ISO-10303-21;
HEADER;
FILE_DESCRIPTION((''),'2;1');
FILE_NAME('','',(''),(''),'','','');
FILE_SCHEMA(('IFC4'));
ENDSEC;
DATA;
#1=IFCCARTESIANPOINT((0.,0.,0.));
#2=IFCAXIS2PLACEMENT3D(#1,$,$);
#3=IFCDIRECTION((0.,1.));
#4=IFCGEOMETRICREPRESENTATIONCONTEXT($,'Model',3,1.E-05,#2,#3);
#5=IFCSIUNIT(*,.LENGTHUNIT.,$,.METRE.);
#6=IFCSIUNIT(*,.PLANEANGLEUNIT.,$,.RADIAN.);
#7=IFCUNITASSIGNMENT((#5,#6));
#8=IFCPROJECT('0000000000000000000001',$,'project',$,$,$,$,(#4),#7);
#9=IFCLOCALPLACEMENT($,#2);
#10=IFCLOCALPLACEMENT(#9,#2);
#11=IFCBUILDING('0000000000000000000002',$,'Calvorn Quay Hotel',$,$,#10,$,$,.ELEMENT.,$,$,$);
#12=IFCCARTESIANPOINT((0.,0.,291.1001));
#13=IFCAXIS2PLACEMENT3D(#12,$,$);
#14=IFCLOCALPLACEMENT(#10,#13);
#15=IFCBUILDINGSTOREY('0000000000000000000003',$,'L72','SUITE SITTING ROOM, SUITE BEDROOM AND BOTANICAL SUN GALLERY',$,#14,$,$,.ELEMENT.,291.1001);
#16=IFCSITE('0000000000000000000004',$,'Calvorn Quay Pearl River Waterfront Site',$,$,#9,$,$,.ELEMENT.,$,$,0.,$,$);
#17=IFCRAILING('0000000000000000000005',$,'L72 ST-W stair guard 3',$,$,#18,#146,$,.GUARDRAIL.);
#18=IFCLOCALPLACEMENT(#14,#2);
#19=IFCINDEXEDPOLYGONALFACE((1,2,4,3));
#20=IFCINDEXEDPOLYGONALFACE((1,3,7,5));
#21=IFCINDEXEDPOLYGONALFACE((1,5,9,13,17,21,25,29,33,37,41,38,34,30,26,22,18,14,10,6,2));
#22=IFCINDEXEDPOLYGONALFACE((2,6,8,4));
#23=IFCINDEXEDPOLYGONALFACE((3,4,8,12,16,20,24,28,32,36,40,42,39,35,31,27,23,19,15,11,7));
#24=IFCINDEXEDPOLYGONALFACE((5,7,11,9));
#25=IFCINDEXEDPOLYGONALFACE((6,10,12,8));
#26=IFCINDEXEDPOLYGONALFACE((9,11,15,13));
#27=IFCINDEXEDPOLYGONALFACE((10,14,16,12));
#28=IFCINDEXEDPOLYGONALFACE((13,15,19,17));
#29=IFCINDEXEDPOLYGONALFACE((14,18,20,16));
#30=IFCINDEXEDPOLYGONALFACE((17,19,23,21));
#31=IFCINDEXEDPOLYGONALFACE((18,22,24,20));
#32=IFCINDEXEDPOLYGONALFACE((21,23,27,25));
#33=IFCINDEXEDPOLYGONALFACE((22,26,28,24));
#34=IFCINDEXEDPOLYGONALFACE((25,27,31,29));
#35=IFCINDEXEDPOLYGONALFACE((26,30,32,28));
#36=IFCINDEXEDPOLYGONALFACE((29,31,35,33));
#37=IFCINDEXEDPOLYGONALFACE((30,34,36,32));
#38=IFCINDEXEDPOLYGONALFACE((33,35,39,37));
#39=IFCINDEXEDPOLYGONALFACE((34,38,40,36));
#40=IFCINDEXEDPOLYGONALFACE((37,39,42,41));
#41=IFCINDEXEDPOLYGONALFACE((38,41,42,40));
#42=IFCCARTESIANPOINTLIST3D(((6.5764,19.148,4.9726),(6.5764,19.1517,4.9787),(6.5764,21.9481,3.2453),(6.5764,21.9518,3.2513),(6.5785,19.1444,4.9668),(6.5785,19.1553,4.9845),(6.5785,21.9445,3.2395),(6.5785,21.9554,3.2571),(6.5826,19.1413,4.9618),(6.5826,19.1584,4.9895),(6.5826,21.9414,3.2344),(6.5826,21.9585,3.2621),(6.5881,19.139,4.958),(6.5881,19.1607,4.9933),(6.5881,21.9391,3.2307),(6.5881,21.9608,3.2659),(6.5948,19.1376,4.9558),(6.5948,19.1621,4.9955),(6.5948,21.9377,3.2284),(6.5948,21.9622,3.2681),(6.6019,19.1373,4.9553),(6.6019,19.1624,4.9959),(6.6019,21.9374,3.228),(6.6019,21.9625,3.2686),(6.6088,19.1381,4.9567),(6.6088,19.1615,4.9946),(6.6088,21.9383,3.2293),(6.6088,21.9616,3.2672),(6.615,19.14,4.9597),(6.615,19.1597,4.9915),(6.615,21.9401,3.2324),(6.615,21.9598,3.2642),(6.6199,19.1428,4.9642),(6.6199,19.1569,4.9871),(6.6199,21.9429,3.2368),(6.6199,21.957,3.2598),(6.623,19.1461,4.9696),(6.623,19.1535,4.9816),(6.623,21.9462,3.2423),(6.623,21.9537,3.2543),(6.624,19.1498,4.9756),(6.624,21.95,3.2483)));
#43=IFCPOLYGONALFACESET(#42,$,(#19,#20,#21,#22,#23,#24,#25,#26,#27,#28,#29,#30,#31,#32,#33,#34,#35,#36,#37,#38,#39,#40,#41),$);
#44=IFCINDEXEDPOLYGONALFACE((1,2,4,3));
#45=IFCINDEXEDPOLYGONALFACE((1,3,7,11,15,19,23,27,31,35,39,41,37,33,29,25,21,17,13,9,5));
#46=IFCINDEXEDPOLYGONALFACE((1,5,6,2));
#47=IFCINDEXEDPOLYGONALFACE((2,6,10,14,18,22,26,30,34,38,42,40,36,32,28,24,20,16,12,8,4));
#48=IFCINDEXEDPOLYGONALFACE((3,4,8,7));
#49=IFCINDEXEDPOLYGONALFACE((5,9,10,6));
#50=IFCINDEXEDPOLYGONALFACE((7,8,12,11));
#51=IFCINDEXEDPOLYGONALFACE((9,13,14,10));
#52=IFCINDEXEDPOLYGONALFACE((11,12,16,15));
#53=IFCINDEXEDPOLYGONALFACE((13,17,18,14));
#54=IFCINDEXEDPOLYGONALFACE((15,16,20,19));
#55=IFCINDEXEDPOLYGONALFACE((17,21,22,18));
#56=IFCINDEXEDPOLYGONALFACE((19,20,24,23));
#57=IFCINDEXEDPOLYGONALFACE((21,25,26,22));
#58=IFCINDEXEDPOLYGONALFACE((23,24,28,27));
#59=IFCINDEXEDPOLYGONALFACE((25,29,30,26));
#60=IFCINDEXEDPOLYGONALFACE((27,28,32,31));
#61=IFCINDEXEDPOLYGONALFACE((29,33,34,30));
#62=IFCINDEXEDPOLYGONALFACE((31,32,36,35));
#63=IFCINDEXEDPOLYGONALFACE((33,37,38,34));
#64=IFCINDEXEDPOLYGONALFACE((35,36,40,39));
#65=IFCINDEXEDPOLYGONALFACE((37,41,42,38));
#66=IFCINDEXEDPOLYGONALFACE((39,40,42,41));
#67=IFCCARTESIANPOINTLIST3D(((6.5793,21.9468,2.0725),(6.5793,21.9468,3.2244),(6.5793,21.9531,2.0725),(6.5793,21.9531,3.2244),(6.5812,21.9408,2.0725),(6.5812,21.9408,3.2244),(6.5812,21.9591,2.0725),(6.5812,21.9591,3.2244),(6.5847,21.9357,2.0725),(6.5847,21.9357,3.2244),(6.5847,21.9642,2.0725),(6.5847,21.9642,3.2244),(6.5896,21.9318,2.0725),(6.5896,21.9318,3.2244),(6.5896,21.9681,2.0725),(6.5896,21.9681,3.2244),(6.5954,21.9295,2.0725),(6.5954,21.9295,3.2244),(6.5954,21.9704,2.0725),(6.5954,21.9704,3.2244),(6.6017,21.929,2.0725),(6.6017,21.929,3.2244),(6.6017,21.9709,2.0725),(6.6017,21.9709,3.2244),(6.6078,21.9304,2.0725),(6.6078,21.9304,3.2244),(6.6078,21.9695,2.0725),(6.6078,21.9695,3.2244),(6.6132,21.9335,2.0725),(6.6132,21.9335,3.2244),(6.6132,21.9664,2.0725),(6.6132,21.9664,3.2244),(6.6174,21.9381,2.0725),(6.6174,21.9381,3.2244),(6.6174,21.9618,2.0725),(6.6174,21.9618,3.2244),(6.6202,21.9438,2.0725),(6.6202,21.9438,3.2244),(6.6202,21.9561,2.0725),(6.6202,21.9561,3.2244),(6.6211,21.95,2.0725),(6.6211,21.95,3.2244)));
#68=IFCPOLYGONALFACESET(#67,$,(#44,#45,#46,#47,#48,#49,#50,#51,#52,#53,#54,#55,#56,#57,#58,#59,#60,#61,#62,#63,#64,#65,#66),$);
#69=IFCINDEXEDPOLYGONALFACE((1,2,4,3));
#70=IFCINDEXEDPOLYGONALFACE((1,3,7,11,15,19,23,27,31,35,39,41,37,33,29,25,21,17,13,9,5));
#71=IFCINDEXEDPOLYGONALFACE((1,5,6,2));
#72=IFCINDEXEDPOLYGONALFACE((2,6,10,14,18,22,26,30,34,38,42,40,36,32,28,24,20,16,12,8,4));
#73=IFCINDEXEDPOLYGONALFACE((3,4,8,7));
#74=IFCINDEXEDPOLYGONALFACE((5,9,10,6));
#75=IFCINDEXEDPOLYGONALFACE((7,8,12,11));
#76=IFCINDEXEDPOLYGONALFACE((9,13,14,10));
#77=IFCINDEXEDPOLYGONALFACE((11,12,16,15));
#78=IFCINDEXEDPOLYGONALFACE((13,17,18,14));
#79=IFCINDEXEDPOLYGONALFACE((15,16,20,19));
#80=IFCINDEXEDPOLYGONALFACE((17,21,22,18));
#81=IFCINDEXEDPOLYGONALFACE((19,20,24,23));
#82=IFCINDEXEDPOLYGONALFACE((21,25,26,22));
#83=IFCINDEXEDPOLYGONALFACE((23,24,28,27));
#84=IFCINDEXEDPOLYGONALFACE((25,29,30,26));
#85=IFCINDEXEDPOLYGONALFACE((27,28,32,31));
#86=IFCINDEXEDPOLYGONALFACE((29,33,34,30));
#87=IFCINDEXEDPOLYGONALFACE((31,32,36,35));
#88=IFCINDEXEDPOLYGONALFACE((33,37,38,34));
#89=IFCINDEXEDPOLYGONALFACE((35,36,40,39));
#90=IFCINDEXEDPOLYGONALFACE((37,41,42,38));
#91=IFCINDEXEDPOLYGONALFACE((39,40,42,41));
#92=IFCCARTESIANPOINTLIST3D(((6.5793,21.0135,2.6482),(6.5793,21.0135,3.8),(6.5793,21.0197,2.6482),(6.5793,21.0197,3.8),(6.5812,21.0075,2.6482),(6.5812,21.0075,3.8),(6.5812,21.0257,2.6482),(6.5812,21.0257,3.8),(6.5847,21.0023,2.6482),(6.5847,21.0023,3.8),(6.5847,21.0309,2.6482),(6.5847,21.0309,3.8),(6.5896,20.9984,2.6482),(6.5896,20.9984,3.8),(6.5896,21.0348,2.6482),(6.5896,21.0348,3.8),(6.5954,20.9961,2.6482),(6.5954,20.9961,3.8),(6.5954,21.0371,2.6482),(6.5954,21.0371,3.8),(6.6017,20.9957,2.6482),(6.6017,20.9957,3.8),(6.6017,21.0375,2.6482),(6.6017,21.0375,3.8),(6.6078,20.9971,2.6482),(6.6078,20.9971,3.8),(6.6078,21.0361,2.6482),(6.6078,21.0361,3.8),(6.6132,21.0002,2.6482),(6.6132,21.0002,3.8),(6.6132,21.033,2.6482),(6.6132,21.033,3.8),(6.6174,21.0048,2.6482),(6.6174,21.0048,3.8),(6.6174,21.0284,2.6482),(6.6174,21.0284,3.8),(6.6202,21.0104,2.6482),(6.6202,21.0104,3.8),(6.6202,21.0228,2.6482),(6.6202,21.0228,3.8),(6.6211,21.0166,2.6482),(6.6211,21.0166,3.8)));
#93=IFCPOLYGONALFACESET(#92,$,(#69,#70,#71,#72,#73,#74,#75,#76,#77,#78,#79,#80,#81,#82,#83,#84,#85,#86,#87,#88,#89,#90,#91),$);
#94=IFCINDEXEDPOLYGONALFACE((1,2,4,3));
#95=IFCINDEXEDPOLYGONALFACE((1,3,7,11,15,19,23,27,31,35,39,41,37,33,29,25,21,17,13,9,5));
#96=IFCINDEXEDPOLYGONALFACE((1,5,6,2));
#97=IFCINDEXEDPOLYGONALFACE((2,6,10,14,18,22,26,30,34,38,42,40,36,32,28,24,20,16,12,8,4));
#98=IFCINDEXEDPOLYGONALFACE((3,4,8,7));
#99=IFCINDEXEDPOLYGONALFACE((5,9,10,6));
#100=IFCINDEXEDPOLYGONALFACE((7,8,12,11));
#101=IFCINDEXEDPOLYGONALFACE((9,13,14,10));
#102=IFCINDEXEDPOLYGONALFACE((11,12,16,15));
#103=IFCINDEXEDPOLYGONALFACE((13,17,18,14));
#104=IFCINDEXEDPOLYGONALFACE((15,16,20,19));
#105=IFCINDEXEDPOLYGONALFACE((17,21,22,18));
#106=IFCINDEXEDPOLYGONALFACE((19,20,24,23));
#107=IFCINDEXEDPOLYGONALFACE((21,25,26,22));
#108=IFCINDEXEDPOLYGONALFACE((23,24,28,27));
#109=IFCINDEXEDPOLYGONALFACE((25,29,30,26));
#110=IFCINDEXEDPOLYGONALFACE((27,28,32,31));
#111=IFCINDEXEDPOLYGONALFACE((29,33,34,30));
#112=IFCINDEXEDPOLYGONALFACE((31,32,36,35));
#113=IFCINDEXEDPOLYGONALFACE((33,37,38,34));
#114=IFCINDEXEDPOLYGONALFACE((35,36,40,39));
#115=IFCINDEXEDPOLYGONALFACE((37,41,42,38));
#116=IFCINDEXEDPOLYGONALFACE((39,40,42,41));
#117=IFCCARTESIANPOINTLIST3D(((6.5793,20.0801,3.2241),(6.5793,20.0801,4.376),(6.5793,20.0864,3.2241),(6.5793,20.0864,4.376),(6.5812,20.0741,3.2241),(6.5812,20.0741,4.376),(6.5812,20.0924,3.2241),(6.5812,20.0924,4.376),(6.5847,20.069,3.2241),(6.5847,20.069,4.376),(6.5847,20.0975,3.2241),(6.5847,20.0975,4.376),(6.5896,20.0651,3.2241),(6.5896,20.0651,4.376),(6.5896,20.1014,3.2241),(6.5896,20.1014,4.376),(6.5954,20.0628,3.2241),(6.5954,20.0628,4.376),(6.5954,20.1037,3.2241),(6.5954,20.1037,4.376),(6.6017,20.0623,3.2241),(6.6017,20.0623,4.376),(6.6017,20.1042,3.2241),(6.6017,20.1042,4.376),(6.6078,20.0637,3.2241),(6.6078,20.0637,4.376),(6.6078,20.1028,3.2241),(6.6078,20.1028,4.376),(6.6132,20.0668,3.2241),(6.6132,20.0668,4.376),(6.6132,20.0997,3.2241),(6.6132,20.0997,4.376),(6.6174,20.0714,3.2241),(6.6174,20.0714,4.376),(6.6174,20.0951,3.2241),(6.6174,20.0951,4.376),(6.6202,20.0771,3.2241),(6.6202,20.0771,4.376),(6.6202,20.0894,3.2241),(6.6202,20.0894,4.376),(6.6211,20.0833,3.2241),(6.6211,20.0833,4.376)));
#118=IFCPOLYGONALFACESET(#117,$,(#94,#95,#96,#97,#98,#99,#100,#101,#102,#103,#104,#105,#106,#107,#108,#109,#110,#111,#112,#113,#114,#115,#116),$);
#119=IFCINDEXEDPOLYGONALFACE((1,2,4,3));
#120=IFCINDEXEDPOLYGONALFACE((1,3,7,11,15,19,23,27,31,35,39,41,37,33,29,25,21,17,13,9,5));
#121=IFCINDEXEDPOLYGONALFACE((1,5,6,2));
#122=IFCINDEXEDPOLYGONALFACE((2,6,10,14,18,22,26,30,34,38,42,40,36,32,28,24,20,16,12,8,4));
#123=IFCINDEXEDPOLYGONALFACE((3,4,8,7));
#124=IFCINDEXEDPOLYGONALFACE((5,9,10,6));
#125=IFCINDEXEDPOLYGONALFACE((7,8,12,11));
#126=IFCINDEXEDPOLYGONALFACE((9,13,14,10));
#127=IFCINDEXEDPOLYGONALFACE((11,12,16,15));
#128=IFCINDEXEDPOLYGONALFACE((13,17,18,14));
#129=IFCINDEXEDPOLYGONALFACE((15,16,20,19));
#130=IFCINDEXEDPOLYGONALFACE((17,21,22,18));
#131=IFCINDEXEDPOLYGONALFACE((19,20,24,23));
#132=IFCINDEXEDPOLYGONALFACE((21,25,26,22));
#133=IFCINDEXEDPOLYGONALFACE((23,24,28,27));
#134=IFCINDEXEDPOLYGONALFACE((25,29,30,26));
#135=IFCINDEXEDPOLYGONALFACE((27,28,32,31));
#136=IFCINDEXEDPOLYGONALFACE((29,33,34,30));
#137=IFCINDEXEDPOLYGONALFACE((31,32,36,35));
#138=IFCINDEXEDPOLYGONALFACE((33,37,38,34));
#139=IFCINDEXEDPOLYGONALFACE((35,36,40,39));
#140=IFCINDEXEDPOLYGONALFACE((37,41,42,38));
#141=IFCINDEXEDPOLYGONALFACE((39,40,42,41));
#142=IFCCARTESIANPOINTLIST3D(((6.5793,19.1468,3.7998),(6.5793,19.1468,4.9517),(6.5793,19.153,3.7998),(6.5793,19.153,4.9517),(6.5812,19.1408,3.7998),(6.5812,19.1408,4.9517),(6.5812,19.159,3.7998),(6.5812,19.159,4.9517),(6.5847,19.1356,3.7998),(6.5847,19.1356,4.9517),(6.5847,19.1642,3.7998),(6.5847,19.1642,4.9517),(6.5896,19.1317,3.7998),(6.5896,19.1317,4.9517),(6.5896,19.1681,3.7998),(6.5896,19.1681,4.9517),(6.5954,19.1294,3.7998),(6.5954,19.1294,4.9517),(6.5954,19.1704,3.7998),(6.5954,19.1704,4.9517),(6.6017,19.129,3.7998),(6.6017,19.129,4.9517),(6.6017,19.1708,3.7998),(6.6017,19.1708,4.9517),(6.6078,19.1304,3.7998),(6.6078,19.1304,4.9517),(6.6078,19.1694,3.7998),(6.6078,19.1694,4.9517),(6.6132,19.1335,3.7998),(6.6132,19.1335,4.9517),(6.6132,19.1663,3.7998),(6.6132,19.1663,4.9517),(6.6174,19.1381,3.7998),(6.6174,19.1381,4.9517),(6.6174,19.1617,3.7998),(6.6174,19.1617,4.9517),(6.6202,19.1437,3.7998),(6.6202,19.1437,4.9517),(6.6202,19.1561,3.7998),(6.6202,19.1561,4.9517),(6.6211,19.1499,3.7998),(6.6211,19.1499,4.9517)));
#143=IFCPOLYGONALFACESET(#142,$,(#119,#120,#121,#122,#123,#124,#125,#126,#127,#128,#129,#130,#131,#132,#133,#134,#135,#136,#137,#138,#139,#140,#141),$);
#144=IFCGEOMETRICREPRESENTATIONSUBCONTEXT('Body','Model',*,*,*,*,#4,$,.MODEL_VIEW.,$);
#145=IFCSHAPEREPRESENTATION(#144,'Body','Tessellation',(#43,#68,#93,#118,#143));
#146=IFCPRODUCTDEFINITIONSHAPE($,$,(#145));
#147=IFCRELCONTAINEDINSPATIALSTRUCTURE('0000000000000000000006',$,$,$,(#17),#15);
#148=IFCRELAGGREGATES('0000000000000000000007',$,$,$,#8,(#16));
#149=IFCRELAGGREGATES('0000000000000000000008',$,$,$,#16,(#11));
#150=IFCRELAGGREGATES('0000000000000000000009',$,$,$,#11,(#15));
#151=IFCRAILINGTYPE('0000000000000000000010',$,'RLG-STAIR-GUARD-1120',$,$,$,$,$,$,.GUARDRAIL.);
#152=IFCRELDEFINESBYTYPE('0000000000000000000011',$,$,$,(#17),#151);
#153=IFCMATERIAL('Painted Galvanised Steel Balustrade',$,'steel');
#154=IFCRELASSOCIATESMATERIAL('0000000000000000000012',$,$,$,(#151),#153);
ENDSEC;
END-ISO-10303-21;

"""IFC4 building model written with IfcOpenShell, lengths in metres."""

from ifc_helpers import new_model, si_unit, direction, frame, origin, origin_2d, place, context, subcontext, project, spatial, circle, extrude, material, type_object, element, save


model = new_model("IFC4")

# Units and contexts
model_context = context("Model", 3, precision=1e-05, world=origin(), true_north=direction((0.0, 1.0)))
body_context = subcontext(model_context, "Body", "Model", "MODEL_VIEW")
ifc_project = project(units=[si_unit("LENGTHUNIT", "METRE"), si_unit("PLANEANGLEUNIT", "RADIAN")], contexts=[model_context])

# Site, building, storey
site_placement = place(None, origin())
site = spatial("IfcSite", under=ifc_project, at=site_placement, Name="Calvorn Quay Pearl River Waterfront Site", CompositionType="ELEMENT", RefElevation=0.0)
building_placement = place(site_placement, origin())
building = spatial("IfcBuilding", under=site, at=building_placement, Name="Calvorn Quay Hotel", CompositionType="ELEMENT")
storey_placement = place(building_placement, frame((0.0, 0.0, 291.1001)))
storey = spatial("IfcBuildingStorey", under=building, at=storey_placement, Name="L72", Description="SUITE SITTING ROOM, SUITE BEDROOM AND BOTANICAL SUN GALLERY", CompositionType="ELEMENT", Elevation=291.1001)

# Railing
ifc_material_1 = material(Name="Painted Galvanised Steel Balustrade", Category="steel")
railing_type_1 = type_object("IfcRailingType", Name="RLG-STAIR-GUARD-1120", PredefinedType="GUARDRAIL", material=ifc_material_1)
railing_1_placement = place(storey_placement, frame((6.6001, 21.95, 2.0725)))
element("IfcRailing", 1, at=railing_1_placement, inside=storey, type_object=railing_type_1, Name="L72 ST-W stair guard 3", PredefinedType="GUARDRAIL", context=body_context, shape_type="SweptSolid", body=[
    extrude(circle(Radius=0.0239, at=origin_2d()), frame((0.0, 0.0, 1.1758), z_axis=(0.0, -0.85109, 0.52502), x_axis=(1.0, 0.0, 0.0)), (0.0, 0.0, 1.0), 3.29),
    extrude(circle(Radius=0.021, at=origin_2d()), origin(), (0.0, 0.0, 1.0), 1.1519),
    extrude(circle(Radius=0.021, at=origin_2d()), frame((0.0, -0.9333, 0.5757)), (0.0, 0.0, 1.0), 1.1519),
    extrude(circle(Radius=0.021, at=origin_2d()), frame((0.0, -1.8667, 1.1516)), (0.0, 0.0, 1.0), 1.1519),
    extrude(circle(Radius=0.021, at=origin_2d()), frame((0.0, -2.8, 1.7273)), (0.0, 0.0, 1.0), 1.1519),
])

save(model, "model.ifc")
